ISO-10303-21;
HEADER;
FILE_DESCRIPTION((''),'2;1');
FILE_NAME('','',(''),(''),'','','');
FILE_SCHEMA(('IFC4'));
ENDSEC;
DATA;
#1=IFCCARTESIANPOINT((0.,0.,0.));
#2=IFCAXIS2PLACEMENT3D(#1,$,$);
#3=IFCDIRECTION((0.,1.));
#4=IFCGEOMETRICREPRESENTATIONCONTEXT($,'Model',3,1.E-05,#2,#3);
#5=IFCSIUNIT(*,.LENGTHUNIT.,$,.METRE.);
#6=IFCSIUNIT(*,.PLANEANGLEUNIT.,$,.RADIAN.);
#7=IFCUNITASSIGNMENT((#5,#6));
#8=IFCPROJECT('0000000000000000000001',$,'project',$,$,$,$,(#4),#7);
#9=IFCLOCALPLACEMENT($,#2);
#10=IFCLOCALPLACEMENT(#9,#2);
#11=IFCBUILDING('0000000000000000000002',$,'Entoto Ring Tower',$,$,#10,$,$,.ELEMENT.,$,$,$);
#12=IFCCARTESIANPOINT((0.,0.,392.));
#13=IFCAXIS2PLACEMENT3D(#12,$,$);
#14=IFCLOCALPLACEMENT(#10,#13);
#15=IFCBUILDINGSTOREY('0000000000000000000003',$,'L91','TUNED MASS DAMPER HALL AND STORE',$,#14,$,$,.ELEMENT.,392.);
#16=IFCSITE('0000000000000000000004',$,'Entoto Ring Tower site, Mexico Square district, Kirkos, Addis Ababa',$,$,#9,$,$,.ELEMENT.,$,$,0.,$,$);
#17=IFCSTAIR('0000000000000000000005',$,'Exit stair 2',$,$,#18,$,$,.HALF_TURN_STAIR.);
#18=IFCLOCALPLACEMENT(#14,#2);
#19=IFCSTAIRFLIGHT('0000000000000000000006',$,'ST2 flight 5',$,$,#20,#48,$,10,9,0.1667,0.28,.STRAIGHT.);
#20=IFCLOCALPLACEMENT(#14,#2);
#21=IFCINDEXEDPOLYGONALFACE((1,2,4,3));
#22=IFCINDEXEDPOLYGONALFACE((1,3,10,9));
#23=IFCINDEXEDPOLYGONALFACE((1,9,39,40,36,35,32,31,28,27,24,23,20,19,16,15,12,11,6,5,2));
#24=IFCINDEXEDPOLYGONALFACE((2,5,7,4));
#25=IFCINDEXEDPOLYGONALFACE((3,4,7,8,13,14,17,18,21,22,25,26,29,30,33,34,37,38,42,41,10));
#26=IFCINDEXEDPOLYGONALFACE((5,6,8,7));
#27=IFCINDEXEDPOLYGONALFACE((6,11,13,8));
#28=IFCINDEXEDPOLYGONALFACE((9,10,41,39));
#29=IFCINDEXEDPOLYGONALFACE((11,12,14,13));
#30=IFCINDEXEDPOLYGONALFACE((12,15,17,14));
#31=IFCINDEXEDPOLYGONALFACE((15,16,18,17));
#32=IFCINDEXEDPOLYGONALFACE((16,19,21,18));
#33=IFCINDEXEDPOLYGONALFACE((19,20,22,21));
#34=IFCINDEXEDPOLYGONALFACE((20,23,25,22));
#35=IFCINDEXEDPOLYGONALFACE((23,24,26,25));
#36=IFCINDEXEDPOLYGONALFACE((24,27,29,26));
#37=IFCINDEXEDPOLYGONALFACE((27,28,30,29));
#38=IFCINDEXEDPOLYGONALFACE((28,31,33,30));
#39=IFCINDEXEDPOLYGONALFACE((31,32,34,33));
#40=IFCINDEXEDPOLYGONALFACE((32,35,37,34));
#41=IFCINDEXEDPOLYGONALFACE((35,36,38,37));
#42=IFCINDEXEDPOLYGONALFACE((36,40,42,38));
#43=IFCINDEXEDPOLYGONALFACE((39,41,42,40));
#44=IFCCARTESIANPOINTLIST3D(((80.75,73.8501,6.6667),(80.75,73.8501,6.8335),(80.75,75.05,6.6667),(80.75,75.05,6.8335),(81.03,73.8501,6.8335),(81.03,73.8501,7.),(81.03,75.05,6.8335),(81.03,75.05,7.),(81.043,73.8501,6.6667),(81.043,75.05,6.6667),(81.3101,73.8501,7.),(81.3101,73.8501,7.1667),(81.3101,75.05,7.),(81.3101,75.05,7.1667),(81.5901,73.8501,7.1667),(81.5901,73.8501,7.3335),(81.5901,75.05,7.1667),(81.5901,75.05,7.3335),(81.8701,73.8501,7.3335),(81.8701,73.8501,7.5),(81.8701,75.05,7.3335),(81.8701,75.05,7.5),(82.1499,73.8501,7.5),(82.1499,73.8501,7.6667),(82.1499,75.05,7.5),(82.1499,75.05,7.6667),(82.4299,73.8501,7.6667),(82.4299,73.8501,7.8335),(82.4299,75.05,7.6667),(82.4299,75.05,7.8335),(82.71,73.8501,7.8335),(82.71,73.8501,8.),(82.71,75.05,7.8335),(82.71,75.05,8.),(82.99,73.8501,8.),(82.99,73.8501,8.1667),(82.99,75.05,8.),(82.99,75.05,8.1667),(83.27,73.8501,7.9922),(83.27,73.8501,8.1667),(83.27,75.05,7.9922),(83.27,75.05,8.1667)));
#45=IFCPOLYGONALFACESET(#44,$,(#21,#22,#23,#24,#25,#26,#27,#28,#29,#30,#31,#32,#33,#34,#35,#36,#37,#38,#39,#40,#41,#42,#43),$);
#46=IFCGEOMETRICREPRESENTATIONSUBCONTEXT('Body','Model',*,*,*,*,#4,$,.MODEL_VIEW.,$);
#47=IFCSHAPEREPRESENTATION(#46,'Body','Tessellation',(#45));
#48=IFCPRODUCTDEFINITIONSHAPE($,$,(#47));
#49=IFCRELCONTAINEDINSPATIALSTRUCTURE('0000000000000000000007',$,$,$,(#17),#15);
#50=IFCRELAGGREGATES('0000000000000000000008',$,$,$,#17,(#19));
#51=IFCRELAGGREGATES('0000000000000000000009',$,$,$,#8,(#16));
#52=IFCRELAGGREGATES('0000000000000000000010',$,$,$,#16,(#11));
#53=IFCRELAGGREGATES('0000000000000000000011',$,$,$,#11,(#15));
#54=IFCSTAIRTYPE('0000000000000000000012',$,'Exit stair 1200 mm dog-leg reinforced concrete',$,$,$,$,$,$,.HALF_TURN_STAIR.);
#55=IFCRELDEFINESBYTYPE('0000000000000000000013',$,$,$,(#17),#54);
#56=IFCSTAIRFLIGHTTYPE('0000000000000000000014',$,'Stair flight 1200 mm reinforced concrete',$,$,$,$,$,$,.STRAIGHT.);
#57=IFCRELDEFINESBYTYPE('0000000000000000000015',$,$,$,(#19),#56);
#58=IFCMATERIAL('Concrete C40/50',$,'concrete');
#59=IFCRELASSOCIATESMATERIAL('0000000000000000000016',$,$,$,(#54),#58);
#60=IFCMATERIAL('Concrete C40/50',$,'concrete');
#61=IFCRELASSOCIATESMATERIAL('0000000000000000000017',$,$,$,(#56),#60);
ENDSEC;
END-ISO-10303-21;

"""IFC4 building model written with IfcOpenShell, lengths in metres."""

from ifc_helpers import new_model, si_unit, direction, frame, origin, place, context, subcontext, project, spatial, polyline, outline, extrude, material, type_object, element, aggregate, save


model = new_model("IFC4")

# Units and contexts
model_context = context("Model", 3, precision=1e-05, world=origin(), true_north=direction((0.0, 1.0)))
body_context = subcontext(model_context, "Body", "Model", "MODEL_VIEW")
ifc_project = project(units=[si_unit("LENGTHUNIT", "METRE"), si_unit("PLANEANGLEUNIT", "RADIAN")], contexts=[model_context])

# Site, building, storey
site_placement = place(None, origin())
site = spatial("IfcSite", under=ifc_project, at=site_placement, Name="Entoto Ring Tower site, Mexico Square district, Kirkos, Addis Ababa", CompositionType="ELEMENT", RefElevation=0.0)
building_placement = place(site_placement, origin())
building = spatial("IfcBuilding", under=site, at=building_placement, Name="Entoto Ring Tower", CompositionType="ELEMENT")
storey_placement = place(building_placement, frame((0.0, 0.0, 392.0)))
storey = spatial("IfcBuildingStorey", under=building, at=storey_placement, Name="L91", Description="TUNED MASS DAMPER HALL AND STORE", CompositionType="ELEMENT", Elevation=392.0)

# Stair, stair flight
ifc_material_1 = material(Name="Concrete C40/50", Category="concrete")
stair_type = type_object("IfcStairType", Name="Exit stair 1200 mm dog-leg reinforced concrete", PredefinedType="HALF_TURN_STAIR", material=ifc_material_1)
stair_placement = place(storey_placement, origin())
stair = element("IfcStair", 1, at=stair_placement, inside=storey, type_object=stair_type, Name="Exit stair 2", PredefinedType="HALF_TURN_STAIR")
ifc_material_2 = material(Name="Concrete C40/50", Category="concrete")
stair_flight_type = type_object("IfcStairFlightType", Name="Stair flight 1200 mm reinforced concrete", PredefinedType="STRAIGHT", material=ifc_material_2)
stair_flight_1_placement = place(storey_placement, frame((80.75, 74.45, 6.6667), z_axis=(0.0, 0.0, 1.0), x_axis=(1.0, 0.0, 0.0)))
stair_flight_1 = element("IfcStairFlight", 2, at=stair_flight_1_placement, type_object=stair_flight_type, Name="ST2 flight 5", NumberOfRisers=10, NumberOfTreads=9, PredefinedType="STRAIGHT", RiserHeight=0.1667, TreadLength=0.28, context=body_context, shape_type="SweptSolid", body=[
    extrude(outline(polyline([(0.0, 0.0), (0.0, 0.1667), (0.28, 0.1667), (0.28, 0.3333), (0.5601, 0.3333), (0.5601, 0.5), (0.8401, 0.5), (0.8401, 0.6667), (1.1201, 0.6667), (1.1201, 0.8333), (1.3999, 0.8333), (1.3999, 1.0), (1.6799, 1.0), (1.6799, 1.1667), (1.96, 1.1667), (1.96, 1.3333), (2.24, 1.3333), (2.24, 1.5), (2.52, 1.5), (2.52, 1.6667), (2.52, 1.3254), (0.293, 0.0), (0.0, 0.0)])), frame((0.0, 0.6001, 0.0), z_axis=(0.0, -1.0, 0.0), x_axis=(1.0, 0.0, 0.0)), (0.0, 0.0, 1.0), 1.2),
])
aggregate(stair, [stair_flight_1])

save(model, "model.ifc")
